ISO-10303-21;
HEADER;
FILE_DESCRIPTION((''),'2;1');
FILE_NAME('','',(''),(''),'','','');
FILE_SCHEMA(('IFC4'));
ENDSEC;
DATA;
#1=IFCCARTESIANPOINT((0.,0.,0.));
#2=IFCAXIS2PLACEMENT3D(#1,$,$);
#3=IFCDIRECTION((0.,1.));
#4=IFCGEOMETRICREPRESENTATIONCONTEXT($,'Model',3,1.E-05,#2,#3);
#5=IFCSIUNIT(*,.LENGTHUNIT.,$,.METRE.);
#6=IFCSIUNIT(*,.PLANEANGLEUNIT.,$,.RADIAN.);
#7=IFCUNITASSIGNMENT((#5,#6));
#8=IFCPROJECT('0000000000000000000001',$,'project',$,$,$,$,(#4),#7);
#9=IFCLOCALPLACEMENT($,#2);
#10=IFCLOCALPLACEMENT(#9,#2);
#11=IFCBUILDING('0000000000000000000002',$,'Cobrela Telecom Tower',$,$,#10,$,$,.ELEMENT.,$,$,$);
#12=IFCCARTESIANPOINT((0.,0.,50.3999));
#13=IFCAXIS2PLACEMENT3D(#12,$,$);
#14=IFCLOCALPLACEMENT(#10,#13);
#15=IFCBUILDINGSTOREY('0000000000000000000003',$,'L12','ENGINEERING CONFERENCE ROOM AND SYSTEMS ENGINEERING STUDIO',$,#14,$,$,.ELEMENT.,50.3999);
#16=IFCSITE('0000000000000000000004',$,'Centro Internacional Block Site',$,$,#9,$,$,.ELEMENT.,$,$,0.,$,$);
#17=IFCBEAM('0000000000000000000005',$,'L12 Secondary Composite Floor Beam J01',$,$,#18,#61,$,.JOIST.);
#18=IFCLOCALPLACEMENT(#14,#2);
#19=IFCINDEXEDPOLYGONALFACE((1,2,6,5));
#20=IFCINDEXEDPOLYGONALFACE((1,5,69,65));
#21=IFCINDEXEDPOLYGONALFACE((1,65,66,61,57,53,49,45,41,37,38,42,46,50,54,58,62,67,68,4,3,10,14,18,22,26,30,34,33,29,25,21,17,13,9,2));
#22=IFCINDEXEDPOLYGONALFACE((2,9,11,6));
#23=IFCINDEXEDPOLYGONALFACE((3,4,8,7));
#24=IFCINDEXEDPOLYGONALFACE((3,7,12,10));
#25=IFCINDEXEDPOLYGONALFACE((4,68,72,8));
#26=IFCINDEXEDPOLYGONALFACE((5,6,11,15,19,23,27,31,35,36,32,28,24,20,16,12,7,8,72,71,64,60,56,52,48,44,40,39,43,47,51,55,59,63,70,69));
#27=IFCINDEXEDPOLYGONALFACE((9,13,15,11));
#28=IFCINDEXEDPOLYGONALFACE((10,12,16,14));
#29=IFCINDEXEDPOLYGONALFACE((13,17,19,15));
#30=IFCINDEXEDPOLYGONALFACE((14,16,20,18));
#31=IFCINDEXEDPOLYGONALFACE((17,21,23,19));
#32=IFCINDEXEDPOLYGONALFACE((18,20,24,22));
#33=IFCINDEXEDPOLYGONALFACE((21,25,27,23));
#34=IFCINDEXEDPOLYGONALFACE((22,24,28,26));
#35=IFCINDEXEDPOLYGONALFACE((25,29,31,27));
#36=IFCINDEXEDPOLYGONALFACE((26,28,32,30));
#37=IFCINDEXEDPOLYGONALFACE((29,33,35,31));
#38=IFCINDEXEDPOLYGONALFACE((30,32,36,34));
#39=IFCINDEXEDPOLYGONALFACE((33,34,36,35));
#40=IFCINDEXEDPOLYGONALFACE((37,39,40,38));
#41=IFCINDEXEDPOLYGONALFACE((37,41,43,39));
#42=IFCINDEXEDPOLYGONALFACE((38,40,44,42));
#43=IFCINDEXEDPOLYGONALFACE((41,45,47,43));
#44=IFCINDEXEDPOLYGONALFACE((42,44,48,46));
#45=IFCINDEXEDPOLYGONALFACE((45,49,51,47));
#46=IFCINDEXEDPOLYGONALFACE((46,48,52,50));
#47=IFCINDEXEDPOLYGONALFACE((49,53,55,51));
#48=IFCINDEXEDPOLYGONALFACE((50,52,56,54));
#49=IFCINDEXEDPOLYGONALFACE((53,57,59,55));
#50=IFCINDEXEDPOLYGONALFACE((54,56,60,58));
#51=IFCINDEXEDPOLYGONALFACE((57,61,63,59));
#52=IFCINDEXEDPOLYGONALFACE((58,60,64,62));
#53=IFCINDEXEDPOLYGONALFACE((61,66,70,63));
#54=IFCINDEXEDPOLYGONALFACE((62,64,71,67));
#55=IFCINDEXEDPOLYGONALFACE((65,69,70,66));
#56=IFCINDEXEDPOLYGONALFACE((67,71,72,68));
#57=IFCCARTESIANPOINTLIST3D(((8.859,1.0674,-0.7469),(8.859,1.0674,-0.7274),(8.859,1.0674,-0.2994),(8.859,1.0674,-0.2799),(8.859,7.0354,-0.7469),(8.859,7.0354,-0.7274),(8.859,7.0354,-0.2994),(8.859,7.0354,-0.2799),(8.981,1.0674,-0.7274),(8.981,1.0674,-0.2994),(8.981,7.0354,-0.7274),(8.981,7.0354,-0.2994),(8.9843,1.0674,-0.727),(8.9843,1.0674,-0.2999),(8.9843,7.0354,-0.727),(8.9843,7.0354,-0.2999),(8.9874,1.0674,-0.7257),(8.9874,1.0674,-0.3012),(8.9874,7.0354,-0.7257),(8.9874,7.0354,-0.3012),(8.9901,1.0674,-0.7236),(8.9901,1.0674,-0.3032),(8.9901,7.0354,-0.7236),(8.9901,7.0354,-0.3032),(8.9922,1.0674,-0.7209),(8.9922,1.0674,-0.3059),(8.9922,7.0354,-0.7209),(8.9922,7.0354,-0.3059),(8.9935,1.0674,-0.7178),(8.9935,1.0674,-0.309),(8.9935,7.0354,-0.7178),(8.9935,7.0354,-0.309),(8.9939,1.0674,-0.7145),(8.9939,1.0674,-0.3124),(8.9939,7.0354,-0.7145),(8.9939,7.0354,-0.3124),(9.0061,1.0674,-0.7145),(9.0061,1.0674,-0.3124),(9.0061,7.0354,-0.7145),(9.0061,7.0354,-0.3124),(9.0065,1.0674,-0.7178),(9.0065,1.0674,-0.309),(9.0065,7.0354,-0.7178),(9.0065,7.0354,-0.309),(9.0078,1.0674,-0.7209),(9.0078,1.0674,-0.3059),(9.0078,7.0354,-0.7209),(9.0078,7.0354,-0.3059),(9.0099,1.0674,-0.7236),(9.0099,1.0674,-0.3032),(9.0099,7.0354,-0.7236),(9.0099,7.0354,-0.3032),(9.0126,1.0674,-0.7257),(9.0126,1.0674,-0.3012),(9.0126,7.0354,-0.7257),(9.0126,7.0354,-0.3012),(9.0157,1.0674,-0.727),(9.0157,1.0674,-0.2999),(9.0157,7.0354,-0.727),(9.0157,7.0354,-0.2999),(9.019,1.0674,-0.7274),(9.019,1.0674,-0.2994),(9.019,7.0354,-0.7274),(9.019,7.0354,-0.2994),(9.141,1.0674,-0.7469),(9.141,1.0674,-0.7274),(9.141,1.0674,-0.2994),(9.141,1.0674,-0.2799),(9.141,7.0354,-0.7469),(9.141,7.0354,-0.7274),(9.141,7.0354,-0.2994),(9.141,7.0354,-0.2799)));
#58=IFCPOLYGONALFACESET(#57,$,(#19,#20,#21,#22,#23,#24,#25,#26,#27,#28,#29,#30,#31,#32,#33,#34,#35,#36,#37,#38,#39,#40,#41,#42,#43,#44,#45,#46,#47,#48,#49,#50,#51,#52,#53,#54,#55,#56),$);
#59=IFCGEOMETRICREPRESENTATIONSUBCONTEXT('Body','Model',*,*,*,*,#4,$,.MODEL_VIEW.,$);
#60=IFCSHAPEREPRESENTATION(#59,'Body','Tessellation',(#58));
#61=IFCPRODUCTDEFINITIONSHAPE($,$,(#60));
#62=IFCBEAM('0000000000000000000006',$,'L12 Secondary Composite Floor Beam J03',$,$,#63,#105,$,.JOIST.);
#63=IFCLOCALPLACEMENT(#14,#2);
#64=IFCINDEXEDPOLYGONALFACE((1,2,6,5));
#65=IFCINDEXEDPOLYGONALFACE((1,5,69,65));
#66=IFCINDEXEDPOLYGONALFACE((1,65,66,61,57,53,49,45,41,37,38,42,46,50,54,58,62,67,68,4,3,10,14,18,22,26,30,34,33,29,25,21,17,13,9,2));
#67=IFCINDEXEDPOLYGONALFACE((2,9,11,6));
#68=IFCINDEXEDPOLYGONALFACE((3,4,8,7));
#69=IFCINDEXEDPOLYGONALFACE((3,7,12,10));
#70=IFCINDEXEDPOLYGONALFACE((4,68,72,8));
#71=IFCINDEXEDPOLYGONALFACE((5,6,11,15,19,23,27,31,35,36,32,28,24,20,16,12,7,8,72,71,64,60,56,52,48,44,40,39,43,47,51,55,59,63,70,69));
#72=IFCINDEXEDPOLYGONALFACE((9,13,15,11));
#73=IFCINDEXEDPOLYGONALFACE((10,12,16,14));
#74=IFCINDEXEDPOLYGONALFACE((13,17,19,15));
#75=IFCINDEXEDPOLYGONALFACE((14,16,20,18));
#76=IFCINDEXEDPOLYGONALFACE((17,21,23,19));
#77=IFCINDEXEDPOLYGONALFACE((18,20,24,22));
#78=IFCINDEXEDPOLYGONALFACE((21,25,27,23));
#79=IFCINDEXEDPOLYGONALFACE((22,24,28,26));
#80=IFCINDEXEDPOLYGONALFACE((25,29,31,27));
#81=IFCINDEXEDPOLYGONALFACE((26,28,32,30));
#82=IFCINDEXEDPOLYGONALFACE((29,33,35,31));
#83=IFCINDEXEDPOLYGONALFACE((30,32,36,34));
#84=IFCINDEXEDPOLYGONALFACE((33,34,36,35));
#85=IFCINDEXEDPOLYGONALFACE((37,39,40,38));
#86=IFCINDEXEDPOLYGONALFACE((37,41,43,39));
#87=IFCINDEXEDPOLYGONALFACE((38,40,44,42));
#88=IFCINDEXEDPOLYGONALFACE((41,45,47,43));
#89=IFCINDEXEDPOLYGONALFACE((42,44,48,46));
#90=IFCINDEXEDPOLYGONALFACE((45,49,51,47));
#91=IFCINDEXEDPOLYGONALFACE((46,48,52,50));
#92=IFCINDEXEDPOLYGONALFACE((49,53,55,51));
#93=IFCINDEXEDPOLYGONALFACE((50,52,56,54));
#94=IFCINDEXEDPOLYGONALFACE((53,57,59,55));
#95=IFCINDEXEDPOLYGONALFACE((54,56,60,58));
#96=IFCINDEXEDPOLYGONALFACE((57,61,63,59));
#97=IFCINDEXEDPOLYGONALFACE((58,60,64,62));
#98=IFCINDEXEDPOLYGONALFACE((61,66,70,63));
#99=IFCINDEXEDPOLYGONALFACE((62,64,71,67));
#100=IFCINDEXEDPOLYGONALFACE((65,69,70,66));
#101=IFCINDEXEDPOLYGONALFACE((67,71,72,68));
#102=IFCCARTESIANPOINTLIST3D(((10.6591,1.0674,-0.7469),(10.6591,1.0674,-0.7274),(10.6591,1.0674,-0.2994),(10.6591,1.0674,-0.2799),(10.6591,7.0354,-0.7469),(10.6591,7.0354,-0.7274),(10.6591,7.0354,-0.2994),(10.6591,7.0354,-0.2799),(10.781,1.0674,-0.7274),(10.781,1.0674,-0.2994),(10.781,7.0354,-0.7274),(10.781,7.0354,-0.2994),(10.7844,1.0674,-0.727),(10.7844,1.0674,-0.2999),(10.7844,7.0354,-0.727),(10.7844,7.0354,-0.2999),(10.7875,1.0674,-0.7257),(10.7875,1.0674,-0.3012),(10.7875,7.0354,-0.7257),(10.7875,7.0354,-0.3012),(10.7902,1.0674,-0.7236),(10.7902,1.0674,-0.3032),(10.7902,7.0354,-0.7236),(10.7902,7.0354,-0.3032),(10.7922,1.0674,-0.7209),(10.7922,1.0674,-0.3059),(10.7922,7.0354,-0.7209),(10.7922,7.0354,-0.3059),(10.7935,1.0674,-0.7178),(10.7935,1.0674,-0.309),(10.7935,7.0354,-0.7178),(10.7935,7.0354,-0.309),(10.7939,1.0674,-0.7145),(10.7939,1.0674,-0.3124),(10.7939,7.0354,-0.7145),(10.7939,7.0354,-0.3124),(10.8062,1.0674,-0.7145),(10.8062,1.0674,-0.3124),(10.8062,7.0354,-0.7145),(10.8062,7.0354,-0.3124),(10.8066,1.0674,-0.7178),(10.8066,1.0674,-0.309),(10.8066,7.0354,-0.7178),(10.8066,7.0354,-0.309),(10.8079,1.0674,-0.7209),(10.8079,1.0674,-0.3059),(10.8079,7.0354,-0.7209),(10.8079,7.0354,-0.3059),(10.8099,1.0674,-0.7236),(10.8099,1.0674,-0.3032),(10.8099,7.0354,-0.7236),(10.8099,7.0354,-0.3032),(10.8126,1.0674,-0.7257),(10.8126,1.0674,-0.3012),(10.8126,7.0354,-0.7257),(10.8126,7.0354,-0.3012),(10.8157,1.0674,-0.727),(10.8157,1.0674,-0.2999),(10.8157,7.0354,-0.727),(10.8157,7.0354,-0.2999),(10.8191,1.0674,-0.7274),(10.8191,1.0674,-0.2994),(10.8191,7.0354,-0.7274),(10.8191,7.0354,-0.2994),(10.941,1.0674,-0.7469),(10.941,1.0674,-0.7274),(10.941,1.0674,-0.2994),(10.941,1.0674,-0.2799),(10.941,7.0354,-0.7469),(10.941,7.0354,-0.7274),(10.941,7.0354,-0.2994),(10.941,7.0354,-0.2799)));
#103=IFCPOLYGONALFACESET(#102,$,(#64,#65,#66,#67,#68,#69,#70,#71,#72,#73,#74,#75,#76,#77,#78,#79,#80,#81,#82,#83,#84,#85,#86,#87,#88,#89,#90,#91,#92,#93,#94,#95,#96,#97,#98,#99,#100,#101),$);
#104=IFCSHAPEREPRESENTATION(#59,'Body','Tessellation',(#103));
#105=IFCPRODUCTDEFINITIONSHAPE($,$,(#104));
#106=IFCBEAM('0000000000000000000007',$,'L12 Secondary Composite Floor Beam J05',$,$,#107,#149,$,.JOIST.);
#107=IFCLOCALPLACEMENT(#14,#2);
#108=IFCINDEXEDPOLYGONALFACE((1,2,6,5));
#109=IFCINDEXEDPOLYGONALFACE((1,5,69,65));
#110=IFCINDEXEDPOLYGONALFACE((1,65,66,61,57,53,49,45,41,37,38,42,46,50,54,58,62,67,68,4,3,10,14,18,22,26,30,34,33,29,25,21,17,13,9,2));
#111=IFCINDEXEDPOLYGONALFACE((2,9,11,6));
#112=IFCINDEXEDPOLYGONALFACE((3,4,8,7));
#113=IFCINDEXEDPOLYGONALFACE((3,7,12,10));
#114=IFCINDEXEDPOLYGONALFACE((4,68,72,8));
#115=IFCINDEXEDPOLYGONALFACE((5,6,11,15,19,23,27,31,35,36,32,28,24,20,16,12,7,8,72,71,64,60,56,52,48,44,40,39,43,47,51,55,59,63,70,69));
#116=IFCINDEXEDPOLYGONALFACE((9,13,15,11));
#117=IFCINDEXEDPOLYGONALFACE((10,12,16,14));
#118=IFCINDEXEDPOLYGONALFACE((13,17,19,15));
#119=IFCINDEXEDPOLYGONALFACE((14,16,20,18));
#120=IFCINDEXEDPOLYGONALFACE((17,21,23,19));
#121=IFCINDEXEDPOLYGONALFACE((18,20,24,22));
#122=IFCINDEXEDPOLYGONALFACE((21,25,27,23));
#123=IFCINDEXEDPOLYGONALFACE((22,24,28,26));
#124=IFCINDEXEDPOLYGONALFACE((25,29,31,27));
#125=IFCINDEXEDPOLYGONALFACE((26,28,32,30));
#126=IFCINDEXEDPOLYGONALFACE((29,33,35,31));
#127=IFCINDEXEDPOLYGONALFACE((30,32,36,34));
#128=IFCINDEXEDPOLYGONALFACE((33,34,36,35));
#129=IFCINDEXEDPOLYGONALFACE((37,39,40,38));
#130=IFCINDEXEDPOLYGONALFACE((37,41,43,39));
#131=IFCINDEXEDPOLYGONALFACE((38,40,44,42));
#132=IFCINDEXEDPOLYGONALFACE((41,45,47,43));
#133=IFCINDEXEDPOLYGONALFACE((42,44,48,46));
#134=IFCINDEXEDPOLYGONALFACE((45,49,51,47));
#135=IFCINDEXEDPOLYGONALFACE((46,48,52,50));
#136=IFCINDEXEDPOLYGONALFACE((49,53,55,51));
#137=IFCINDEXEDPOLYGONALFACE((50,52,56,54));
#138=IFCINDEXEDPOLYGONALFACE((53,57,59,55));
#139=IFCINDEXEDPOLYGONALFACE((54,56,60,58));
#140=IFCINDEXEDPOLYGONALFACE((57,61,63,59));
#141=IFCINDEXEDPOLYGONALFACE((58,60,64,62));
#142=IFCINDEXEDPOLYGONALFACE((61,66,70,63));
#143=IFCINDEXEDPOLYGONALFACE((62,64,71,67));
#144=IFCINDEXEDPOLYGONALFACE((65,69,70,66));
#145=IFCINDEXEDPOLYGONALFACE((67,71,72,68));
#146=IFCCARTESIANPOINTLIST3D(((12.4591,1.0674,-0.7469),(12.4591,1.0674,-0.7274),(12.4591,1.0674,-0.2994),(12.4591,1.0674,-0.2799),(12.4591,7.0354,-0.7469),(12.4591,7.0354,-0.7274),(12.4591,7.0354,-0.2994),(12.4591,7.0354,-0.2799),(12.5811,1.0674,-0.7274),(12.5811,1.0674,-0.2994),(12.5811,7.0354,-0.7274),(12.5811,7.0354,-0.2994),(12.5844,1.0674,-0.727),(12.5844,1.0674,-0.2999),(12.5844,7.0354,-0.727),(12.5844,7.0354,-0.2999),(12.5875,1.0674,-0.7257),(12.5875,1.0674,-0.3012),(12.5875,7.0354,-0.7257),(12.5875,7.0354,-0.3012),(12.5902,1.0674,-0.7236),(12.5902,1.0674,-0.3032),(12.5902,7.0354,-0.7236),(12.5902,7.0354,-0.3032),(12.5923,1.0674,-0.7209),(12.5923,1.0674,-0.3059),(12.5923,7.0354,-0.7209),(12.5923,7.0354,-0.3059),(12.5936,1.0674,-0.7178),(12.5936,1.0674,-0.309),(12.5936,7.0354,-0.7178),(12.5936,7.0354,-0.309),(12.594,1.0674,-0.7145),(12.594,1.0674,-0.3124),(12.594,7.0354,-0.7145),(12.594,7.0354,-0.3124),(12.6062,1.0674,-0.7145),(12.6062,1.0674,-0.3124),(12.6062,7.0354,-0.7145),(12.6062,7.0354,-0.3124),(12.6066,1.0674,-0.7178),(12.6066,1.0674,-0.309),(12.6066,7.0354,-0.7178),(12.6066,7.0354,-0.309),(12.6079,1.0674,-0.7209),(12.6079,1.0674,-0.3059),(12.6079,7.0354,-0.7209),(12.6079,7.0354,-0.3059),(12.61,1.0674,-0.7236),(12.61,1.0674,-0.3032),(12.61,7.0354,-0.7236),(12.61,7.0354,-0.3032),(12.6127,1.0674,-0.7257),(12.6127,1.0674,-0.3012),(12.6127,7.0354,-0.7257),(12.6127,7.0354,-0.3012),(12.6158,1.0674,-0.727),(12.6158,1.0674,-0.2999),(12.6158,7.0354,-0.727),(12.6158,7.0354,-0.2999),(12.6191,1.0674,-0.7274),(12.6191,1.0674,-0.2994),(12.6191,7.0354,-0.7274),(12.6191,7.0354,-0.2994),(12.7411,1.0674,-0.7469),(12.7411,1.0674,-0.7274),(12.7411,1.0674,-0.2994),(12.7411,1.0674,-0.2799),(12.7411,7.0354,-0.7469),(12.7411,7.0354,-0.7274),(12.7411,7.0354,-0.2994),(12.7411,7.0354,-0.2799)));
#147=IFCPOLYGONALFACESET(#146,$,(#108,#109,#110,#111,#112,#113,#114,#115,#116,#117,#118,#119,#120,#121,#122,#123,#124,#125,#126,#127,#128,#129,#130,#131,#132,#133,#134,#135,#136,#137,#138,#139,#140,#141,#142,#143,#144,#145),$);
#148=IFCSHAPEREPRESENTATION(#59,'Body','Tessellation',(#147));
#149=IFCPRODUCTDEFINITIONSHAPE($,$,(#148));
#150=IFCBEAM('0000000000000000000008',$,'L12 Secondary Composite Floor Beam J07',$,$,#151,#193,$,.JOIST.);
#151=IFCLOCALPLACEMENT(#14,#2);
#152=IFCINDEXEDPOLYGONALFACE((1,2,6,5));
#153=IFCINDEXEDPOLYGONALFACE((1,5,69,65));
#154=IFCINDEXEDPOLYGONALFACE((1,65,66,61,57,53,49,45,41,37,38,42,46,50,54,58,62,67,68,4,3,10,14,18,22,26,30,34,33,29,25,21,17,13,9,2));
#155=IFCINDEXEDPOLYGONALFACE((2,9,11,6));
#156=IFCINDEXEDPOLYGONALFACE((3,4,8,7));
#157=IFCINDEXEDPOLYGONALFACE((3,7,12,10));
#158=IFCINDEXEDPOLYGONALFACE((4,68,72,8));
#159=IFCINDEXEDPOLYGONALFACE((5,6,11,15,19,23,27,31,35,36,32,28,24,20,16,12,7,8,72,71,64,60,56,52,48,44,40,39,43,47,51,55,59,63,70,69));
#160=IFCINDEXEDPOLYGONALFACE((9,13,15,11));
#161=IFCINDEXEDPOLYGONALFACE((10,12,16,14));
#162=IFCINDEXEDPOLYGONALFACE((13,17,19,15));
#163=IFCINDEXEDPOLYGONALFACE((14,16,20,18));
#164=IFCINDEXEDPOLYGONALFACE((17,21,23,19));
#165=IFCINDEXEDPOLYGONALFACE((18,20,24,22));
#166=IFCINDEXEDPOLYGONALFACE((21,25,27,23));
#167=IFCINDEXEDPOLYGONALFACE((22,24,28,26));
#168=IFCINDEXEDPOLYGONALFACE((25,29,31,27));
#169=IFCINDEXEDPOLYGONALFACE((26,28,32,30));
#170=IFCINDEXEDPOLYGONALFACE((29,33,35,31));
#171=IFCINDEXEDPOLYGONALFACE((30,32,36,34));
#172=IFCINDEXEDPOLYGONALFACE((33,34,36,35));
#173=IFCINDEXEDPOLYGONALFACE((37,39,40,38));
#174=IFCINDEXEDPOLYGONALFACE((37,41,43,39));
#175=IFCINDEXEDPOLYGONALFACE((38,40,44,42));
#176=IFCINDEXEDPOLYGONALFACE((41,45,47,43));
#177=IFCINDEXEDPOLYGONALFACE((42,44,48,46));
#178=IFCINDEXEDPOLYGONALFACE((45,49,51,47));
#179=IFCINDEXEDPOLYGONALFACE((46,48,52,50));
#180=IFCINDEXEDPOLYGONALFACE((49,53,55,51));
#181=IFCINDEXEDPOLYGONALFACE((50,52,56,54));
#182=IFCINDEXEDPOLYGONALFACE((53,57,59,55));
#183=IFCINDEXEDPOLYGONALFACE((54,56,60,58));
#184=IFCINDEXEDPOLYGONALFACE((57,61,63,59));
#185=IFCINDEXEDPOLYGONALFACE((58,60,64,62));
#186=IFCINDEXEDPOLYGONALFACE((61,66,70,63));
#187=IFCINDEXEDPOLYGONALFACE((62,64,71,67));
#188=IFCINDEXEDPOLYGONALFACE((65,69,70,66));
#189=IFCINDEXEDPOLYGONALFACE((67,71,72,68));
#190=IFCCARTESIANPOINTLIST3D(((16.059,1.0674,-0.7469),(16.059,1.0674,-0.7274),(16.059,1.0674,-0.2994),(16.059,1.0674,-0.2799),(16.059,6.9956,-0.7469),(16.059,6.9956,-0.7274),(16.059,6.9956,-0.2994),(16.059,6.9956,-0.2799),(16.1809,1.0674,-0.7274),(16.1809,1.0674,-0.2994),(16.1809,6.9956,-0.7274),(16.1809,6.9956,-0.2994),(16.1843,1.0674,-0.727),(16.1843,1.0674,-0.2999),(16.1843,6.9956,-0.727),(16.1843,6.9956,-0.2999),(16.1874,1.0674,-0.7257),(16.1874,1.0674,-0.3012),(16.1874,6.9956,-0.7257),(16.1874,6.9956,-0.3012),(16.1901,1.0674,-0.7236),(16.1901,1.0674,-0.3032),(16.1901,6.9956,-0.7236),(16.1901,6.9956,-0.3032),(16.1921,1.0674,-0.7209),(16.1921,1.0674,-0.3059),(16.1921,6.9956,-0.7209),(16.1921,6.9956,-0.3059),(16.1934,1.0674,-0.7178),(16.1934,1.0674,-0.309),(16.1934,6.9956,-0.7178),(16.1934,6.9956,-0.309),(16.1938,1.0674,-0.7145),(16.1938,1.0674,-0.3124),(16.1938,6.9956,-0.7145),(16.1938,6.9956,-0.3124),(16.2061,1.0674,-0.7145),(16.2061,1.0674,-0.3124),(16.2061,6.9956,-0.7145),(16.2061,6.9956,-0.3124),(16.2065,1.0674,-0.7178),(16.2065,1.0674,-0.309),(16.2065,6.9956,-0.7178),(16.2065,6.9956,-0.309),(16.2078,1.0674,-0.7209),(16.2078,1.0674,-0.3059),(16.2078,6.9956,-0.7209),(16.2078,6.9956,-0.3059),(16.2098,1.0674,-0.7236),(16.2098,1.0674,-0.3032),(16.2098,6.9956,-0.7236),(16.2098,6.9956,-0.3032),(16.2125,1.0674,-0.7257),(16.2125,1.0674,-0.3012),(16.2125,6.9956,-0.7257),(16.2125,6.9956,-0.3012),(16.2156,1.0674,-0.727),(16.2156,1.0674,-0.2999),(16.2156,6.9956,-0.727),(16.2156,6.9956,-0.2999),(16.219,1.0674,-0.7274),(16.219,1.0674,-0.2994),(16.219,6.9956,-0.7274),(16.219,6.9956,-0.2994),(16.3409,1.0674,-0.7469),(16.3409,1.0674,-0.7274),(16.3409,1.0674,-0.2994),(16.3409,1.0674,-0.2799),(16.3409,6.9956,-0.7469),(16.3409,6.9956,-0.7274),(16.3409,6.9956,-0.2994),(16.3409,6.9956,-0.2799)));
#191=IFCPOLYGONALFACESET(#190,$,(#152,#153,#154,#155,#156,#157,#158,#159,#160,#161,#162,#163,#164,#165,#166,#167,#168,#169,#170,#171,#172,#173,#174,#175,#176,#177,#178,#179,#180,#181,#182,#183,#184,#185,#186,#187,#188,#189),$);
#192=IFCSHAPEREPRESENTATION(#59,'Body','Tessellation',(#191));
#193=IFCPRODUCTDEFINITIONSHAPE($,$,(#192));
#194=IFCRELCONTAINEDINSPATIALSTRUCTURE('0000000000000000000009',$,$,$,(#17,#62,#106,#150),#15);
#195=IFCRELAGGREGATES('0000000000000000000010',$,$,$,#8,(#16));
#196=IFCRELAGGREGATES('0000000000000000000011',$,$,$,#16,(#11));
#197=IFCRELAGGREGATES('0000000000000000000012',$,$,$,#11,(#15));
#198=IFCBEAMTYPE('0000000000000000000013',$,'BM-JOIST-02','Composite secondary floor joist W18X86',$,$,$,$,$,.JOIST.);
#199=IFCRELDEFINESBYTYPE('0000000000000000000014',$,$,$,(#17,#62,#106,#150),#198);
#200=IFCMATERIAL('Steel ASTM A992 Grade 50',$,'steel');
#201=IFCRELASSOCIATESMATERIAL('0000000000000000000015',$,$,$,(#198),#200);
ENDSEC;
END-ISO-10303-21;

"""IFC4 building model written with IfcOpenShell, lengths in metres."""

from ifc_helpers import new_model, si_unit, direction, frame, origin, origin_2d, place, context, subcontext, project, spatial, i_section, extrude, material, material_profile, profile_set, type_object, element, save


model = new_model("IFC4")

# Units and contexts
model_context = context("Model", 3, precision=1e-05, world=origin(), true_north=direction((0.0, 1.0)))
body_context = subcontext(model_context, "Body", "Model", "MODEL_VIEW")
ifc_project = project(units=[si_unit("LENGTHUNIT", "METRE"), si_unit("PLANEANGLEUNIT", "RADIAN")], contexts=[model_context])

# Site, building, storey
site_placement = place(None, origin())
site = spatial("IfcSite", under=ifc_project, at=site_placement, Name="Centro Internacional Block Site", CompositionType="ELEMENT", RefElevation=0.0)
building_placement = place(site_placement, origin())
building = spatial("IfcBuilding", under=site, at=building_placement, Name="Cobrela Telecom Tower", CompositionType="ELEMENT")
storey_placement = place(building_placement, frame((0.0, 0.0, 50.3999)))
storey = spatial("IfcBuildingStorey", under=building, at=storey_placement, Name="L12", Description="ENGINEERING CONFERENCE ROOM AND SYSTEMS ENGINEERING STUDIO", CompositionType="ELEMENT", Elevation=50.3999)

# Beams
ifc_material_1 = material(Name="Steel ASTM A992 Grade 50", Category="steel")
ifc_material_profile_1 = material_profile(ifc_material_1, i_section(OverallWidth=0.282, OverallDepth=0.467, WebThickness=0.0122, FlangeThickness=0.0195, FilletRadius=0.0129, at=origin_2d()), Name="W18X86")
ifc_profile_set_1 = profile_set([ifc_material_profile_1], Name="Steel ASTM A992 Grade 50")
beam_type_1 = type_object("IfcBeamType", Name="BM-JOIST-02", Description="Composite secondary floor joist W18X86", PredefinedType="JOIST", material=ifc_profile_set_1)
for number, where, z_axis, x_axis, name in (
    (1, (9.0, 1.0674, -0.5134), (0.0, 1.0, 0.0), (-1.0, 0.0, 0.0), "L12 Secondary Composite Floor Beam J01"),
    (2, (10.8, 1.0674, -0.5134), (0.0, 1.0, 0.0), (-1.0, 0.0, 0.0), "L12 Secondary Composite Floor Beam J03"),
    (3, (12.6001, 1.0674, -0.5134), (0.0, 1.0, 0.0), (-1.0, 0.0, 0.0), "L12 Secondary Composite Floor Beam J05"),
):
    element("IfcBeam", number, at=place(storey_placement, frame(where, z_axis=z_axis, x_axis=x_axis)), inside=storey, type_object=beam_type_1, Name=name, PredefinedType="JOIST", context=body_context, shape_type="SweptSolid", body=[
        extrude(i_section(OverallWidth=0.282, OverallDepth=0.467, WebThickness=0.0122, FlangeThickness=0.0195, FilletRadius=0.0129, at=origin_2d()), origin(), (0.0, 0.0, 1.0), 5.968),
    ])
beam_1_placement = place(storey_placement, frame((16.2, 1.0674, -0.5134), z_axis=(0.0, 1.0, 0.0), x_axis=(-1.0, 0.0, 0.0)))
element("IfcBeam", 4, at=beam_1_placement, inside=storey, type_object=beam_type_1, Name="L12 Secondary Composite Floor Beam J07", PredefinedType="JOIST", context=body_context, shape_type="SweptSolid", body=[
    extrude(i_section(OverallWidth=0.282, OverallDepth=0.467, WebThickness=0.0122, FlangeThickness=0.0195, FilletRadius=0.0129, at=origin_2d()), origin(), (0.0, 0.0, 1.0), 5.9282),
])

save(model, "model.ifc")
